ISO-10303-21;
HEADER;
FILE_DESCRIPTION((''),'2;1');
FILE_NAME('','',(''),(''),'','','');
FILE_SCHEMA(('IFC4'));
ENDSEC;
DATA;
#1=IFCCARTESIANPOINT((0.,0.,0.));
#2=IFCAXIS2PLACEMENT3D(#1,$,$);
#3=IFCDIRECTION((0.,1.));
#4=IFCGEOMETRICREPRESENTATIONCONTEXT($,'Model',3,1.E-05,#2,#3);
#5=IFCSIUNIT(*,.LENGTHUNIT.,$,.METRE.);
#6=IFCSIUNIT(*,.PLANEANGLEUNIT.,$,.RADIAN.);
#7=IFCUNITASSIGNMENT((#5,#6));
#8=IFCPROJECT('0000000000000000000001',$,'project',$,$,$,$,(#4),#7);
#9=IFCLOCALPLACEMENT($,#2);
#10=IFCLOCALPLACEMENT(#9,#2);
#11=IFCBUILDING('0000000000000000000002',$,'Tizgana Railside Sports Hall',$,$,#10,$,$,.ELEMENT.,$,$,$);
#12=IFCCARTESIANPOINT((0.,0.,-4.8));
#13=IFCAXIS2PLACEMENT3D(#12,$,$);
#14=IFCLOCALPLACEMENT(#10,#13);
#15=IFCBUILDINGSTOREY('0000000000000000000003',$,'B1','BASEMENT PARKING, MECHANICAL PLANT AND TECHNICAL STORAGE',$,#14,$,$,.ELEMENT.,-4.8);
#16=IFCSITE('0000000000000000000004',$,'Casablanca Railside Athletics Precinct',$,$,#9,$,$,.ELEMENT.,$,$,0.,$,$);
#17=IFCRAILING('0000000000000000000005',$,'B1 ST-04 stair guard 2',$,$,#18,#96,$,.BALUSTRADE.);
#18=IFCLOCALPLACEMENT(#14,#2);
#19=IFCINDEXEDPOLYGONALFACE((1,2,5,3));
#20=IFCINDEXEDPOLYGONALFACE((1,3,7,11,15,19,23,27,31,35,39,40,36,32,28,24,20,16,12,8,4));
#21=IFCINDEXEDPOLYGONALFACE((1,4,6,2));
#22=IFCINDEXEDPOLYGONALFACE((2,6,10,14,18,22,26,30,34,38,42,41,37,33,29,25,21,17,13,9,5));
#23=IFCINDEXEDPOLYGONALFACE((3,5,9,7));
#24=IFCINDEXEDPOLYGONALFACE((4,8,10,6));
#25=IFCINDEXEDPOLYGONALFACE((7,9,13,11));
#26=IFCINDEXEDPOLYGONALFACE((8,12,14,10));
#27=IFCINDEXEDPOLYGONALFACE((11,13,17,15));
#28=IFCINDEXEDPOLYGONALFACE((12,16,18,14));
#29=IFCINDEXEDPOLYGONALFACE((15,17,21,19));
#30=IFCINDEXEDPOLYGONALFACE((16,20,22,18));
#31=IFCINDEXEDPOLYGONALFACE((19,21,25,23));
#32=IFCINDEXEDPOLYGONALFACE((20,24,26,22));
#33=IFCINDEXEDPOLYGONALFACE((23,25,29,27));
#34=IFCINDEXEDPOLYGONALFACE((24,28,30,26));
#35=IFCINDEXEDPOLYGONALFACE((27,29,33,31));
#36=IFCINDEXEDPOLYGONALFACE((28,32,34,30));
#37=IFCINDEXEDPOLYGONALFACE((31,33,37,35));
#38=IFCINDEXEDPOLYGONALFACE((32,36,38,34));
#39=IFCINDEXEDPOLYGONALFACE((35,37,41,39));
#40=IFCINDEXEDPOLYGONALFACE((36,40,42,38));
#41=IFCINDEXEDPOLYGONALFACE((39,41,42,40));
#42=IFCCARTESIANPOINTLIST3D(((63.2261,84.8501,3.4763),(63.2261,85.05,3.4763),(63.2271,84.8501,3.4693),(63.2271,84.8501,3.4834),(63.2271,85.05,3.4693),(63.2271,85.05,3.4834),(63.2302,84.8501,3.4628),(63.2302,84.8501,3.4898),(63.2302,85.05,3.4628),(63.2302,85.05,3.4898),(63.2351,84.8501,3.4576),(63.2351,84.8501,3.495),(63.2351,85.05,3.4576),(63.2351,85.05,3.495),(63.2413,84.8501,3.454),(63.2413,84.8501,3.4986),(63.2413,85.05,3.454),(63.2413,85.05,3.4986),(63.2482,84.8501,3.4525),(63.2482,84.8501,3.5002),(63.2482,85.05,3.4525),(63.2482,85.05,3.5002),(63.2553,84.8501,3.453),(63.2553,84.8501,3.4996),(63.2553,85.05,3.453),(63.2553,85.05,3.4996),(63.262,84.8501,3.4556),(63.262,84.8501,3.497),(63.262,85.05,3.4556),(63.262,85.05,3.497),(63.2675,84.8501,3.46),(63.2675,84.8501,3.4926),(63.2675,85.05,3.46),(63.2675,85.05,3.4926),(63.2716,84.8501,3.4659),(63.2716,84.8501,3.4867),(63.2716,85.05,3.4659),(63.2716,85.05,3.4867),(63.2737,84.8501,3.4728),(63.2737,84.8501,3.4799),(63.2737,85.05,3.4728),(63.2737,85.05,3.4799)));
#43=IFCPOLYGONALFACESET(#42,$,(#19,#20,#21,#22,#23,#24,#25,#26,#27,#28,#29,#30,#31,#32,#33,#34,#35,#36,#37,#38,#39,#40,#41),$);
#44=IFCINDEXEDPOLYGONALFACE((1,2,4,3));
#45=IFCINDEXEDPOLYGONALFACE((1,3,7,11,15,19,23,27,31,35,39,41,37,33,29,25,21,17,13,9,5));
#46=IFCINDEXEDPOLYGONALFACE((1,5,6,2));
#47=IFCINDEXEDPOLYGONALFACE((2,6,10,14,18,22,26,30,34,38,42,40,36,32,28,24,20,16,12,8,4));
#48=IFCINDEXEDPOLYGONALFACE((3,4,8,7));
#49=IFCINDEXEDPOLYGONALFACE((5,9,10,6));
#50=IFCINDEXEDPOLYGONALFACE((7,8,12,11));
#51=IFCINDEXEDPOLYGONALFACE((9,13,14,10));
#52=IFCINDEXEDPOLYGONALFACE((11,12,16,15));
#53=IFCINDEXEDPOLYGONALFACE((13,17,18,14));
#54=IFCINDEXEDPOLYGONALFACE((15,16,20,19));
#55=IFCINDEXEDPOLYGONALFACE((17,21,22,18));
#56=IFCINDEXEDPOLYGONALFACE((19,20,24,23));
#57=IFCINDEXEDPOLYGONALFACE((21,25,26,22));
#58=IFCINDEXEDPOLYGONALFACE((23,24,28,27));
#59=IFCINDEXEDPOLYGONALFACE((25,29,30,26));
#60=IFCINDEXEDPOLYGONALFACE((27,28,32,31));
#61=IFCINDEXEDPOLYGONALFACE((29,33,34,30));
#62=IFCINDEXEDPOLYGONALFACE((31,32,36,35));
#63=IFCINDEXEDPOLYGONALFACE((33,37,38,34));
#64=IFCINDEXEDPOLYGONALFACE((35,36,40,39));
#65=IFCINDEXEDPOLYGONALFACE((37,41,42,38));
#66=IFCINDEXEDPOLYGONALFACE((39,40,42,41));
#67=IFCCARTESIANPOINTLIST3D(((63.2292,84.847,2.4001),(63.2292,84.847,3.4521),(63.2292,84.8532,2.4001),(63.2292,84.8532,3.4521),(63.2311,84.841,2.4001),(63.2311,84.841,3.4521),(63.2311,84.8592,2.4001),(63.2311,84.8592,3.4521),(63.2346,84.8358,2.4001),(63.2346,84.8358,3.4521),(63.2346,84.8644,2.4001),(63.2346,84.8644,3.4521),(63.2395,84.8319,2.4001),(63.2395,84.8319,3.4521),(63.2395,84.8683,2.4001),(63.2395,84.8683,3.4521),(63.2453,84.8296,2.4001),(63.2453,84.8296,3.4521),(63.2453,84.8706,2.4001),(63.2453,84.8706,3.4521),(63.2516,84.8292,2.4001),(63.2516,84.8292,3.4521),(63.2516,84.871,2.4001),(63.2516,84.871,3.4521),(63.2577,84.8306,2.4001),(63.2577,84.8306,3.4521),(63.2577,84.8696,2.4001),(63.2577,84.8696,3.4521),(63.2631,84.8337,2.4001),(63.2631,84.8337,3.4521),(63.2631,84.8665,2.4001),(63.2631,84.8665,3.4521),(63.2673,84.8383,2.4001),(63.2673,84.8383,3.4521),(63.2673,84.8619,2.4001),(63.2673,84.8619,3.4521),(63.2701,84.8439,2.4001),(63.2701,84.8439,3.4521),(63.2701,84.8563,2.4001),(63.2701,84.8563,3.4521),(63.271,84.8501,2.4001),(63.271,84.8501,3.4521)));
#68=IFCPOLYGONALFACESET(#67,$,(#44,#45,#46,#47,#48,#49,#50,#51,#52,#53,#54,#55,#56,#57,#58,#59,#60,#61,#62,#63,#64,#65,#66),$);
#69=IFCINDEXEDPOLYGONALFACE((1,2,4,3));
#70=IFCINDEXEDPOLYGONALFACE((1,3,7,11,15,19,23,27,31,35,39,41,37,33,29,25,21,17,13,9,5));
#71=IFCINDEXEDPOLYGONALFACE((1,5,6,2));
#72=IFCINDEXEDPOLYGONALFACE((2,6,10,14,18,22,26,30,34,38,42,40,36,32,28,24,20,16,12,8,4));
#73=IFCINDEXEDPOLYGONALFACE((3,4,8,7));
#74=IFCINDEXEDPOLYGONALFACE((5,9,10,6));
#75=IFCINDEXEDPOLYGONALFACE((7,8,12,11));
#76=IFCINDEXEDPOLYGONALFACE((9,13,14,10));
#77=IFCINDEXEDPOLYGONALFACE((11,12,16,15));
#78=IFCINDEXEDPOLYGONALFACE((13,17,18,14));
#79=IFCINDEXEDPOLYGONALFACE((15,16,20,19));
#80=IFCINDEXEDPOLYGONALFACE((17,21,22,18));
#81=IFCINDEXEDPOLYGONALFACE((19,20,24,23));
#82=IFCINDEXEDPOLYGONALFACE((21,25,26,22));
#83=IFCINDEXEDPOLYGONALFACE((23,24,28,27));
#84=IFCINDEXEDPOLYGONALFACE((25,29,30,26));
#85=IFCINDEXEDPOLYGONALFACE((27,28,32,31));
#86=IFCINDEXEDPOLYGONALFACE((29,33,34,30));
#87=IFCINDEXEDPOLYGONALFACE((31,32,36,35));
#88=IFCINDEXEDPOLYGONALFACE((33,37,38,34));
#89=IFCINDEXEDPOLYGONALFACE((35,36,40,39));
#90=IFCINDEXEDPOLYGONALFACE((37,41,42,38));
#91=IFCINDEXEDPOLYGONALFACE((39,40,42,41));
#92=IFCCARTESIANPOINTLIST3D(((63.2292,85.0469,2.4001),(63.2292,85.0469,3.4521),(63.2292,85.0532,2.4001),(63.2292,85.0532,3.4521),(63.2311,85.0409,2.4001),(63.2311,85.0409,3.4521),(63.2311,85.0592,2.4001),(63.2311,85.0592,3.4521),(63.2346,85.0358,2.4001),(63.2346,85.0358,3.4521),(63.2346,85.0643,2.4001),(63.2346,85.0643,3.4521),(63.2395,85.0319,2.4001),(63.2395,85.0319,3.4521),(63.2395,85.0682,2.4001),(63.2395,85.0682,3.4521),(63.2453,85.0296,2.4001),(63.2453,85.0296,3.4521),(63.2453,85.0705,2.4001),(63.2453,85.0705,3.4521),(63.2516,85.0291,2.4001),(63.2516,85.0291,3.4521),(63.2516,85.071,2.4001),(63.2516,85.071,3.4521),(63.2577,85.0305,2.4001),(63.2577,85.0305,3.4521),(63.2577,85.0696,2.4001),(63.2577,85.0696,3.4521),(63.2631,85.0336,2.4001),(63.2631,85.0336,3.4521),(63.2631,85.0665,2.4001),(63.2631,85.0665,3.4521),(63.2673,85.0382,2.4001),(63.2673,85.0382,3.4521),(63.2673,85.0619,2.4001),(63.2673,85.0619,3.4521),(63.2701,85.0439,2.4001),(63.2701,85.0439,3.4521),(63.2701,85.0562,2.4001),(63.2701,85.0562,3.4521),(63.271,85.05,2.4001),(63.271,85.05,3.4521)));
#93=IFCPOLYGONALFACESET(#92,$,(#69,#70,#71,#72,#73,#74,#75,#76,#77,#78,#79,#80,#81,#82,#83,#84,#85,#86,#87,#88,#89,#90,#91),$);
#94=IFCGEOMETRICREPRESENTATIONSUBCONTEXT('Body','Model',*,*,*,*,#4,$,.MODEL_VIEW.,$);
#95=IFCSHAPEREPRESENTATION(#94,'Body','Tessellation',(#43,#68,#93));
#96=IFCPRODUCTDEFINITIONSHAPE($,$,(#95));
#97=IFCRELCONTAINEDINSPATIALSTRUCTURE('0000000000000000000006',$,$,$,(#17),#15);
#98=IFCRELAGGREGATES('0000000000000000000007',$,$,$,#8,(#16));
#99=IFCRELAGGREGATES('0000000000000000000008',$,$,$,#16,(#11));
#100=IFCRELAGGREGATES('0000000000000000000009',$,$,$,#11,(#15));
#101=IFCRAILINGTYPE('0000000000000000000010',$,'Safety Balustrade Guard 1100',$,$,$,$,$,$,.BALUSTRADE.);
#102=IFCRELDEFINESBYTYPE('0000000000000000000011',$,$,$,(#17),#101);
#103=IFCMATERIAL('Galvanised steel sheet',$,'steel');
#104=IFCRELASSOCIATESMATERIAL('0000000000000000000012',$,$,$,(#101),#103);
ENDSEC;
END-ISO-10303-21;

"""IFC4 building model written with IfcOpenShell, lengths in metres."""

from ifc_helpers import new_model, si_unit, direction, frame, origin, origin_2d, place, context, subcontext, project, spatial, circle, extrude, material, type_object, element, save


model = new_model("IFC4")

# Units and contexts
model_context = context("Model", 3, precision=1e-05, world=origin(), true_north=direction((0.0, 1.0)))
body_context = subcontext(model_context, "Body", "Model", "MODEL_VIEW")
ifc_project = project(units=[si_unit("LENGTHUNIT", "METRE"), si_unit("PLANEANGLEUNIT", "RADIAN")], contexts=[model_context])

# Site, building, storey
site_placement = place(None, origin())
site = spatial("IfcSite", under=ifc_project, at=site_placement, Name="Casablanca Railside Athletics Precinct", CompositionType="ELEMENT", RefElevation=0.0)
building_placement = place(site_placement, origin())
building = spatial("IfcBuilding", under=site, at=building_placement, Name="Tizgana Railside Sports Hall", CompositionType="ELEMENT")
storey_placement = place(building_placement, frame((0.0, 0.0, -4.8)))
storey = spatial("IfcBuildingStorey", under=building, at=storey_placement, Name="B1", Description="BASEMENT PARKING, MECHANICAL PLANT AND TECHNICAL STORAGE", CompositionType="ELEMENT", Elevation=-4.8)

# Railing
ifc_material_1 = material(Name="Galvanised steel sheet", Category="steel")
railing_type_1 = type_object("IfcRailingType", Name="Safety Balustrade Guard 1100", PredefinedType="BALUSTRADE", material=ifc_material_1)
railing_1_placement = place(storey_placement, frame((63.25, 84.8501, 2.4001)))
element("IfcRailing", 1, at=railing_1_placement, inside=storey, type_object=railing_type_1, Name="B1 ST-04 stair guard 2", PredefinedType="BALUSTRADE", context=body_context, shape_type="SweptSolid", body=[
    extrude(circle(Radius=0.0239, at=origin_2d()), frame((0.0, 0.0, 1.0762), z_axis=(0.0, 1.0, 0.0), x_axis=(-1.0, 0.0, 0.0)), (0.0, 0.0, 1.0), 0.2),
    extrude(circle(Radius=0.021, at=origin_2d()), origin(), (0.0, 0.0, 1.0), 1.052),
    extrude(circle(Radius=0.021, at=origin_2d()), frame((0.0, 0.2, 0.0)), (0.0, 0.0, 1.0), 1.052),
])

save(model, "model.ifc")
